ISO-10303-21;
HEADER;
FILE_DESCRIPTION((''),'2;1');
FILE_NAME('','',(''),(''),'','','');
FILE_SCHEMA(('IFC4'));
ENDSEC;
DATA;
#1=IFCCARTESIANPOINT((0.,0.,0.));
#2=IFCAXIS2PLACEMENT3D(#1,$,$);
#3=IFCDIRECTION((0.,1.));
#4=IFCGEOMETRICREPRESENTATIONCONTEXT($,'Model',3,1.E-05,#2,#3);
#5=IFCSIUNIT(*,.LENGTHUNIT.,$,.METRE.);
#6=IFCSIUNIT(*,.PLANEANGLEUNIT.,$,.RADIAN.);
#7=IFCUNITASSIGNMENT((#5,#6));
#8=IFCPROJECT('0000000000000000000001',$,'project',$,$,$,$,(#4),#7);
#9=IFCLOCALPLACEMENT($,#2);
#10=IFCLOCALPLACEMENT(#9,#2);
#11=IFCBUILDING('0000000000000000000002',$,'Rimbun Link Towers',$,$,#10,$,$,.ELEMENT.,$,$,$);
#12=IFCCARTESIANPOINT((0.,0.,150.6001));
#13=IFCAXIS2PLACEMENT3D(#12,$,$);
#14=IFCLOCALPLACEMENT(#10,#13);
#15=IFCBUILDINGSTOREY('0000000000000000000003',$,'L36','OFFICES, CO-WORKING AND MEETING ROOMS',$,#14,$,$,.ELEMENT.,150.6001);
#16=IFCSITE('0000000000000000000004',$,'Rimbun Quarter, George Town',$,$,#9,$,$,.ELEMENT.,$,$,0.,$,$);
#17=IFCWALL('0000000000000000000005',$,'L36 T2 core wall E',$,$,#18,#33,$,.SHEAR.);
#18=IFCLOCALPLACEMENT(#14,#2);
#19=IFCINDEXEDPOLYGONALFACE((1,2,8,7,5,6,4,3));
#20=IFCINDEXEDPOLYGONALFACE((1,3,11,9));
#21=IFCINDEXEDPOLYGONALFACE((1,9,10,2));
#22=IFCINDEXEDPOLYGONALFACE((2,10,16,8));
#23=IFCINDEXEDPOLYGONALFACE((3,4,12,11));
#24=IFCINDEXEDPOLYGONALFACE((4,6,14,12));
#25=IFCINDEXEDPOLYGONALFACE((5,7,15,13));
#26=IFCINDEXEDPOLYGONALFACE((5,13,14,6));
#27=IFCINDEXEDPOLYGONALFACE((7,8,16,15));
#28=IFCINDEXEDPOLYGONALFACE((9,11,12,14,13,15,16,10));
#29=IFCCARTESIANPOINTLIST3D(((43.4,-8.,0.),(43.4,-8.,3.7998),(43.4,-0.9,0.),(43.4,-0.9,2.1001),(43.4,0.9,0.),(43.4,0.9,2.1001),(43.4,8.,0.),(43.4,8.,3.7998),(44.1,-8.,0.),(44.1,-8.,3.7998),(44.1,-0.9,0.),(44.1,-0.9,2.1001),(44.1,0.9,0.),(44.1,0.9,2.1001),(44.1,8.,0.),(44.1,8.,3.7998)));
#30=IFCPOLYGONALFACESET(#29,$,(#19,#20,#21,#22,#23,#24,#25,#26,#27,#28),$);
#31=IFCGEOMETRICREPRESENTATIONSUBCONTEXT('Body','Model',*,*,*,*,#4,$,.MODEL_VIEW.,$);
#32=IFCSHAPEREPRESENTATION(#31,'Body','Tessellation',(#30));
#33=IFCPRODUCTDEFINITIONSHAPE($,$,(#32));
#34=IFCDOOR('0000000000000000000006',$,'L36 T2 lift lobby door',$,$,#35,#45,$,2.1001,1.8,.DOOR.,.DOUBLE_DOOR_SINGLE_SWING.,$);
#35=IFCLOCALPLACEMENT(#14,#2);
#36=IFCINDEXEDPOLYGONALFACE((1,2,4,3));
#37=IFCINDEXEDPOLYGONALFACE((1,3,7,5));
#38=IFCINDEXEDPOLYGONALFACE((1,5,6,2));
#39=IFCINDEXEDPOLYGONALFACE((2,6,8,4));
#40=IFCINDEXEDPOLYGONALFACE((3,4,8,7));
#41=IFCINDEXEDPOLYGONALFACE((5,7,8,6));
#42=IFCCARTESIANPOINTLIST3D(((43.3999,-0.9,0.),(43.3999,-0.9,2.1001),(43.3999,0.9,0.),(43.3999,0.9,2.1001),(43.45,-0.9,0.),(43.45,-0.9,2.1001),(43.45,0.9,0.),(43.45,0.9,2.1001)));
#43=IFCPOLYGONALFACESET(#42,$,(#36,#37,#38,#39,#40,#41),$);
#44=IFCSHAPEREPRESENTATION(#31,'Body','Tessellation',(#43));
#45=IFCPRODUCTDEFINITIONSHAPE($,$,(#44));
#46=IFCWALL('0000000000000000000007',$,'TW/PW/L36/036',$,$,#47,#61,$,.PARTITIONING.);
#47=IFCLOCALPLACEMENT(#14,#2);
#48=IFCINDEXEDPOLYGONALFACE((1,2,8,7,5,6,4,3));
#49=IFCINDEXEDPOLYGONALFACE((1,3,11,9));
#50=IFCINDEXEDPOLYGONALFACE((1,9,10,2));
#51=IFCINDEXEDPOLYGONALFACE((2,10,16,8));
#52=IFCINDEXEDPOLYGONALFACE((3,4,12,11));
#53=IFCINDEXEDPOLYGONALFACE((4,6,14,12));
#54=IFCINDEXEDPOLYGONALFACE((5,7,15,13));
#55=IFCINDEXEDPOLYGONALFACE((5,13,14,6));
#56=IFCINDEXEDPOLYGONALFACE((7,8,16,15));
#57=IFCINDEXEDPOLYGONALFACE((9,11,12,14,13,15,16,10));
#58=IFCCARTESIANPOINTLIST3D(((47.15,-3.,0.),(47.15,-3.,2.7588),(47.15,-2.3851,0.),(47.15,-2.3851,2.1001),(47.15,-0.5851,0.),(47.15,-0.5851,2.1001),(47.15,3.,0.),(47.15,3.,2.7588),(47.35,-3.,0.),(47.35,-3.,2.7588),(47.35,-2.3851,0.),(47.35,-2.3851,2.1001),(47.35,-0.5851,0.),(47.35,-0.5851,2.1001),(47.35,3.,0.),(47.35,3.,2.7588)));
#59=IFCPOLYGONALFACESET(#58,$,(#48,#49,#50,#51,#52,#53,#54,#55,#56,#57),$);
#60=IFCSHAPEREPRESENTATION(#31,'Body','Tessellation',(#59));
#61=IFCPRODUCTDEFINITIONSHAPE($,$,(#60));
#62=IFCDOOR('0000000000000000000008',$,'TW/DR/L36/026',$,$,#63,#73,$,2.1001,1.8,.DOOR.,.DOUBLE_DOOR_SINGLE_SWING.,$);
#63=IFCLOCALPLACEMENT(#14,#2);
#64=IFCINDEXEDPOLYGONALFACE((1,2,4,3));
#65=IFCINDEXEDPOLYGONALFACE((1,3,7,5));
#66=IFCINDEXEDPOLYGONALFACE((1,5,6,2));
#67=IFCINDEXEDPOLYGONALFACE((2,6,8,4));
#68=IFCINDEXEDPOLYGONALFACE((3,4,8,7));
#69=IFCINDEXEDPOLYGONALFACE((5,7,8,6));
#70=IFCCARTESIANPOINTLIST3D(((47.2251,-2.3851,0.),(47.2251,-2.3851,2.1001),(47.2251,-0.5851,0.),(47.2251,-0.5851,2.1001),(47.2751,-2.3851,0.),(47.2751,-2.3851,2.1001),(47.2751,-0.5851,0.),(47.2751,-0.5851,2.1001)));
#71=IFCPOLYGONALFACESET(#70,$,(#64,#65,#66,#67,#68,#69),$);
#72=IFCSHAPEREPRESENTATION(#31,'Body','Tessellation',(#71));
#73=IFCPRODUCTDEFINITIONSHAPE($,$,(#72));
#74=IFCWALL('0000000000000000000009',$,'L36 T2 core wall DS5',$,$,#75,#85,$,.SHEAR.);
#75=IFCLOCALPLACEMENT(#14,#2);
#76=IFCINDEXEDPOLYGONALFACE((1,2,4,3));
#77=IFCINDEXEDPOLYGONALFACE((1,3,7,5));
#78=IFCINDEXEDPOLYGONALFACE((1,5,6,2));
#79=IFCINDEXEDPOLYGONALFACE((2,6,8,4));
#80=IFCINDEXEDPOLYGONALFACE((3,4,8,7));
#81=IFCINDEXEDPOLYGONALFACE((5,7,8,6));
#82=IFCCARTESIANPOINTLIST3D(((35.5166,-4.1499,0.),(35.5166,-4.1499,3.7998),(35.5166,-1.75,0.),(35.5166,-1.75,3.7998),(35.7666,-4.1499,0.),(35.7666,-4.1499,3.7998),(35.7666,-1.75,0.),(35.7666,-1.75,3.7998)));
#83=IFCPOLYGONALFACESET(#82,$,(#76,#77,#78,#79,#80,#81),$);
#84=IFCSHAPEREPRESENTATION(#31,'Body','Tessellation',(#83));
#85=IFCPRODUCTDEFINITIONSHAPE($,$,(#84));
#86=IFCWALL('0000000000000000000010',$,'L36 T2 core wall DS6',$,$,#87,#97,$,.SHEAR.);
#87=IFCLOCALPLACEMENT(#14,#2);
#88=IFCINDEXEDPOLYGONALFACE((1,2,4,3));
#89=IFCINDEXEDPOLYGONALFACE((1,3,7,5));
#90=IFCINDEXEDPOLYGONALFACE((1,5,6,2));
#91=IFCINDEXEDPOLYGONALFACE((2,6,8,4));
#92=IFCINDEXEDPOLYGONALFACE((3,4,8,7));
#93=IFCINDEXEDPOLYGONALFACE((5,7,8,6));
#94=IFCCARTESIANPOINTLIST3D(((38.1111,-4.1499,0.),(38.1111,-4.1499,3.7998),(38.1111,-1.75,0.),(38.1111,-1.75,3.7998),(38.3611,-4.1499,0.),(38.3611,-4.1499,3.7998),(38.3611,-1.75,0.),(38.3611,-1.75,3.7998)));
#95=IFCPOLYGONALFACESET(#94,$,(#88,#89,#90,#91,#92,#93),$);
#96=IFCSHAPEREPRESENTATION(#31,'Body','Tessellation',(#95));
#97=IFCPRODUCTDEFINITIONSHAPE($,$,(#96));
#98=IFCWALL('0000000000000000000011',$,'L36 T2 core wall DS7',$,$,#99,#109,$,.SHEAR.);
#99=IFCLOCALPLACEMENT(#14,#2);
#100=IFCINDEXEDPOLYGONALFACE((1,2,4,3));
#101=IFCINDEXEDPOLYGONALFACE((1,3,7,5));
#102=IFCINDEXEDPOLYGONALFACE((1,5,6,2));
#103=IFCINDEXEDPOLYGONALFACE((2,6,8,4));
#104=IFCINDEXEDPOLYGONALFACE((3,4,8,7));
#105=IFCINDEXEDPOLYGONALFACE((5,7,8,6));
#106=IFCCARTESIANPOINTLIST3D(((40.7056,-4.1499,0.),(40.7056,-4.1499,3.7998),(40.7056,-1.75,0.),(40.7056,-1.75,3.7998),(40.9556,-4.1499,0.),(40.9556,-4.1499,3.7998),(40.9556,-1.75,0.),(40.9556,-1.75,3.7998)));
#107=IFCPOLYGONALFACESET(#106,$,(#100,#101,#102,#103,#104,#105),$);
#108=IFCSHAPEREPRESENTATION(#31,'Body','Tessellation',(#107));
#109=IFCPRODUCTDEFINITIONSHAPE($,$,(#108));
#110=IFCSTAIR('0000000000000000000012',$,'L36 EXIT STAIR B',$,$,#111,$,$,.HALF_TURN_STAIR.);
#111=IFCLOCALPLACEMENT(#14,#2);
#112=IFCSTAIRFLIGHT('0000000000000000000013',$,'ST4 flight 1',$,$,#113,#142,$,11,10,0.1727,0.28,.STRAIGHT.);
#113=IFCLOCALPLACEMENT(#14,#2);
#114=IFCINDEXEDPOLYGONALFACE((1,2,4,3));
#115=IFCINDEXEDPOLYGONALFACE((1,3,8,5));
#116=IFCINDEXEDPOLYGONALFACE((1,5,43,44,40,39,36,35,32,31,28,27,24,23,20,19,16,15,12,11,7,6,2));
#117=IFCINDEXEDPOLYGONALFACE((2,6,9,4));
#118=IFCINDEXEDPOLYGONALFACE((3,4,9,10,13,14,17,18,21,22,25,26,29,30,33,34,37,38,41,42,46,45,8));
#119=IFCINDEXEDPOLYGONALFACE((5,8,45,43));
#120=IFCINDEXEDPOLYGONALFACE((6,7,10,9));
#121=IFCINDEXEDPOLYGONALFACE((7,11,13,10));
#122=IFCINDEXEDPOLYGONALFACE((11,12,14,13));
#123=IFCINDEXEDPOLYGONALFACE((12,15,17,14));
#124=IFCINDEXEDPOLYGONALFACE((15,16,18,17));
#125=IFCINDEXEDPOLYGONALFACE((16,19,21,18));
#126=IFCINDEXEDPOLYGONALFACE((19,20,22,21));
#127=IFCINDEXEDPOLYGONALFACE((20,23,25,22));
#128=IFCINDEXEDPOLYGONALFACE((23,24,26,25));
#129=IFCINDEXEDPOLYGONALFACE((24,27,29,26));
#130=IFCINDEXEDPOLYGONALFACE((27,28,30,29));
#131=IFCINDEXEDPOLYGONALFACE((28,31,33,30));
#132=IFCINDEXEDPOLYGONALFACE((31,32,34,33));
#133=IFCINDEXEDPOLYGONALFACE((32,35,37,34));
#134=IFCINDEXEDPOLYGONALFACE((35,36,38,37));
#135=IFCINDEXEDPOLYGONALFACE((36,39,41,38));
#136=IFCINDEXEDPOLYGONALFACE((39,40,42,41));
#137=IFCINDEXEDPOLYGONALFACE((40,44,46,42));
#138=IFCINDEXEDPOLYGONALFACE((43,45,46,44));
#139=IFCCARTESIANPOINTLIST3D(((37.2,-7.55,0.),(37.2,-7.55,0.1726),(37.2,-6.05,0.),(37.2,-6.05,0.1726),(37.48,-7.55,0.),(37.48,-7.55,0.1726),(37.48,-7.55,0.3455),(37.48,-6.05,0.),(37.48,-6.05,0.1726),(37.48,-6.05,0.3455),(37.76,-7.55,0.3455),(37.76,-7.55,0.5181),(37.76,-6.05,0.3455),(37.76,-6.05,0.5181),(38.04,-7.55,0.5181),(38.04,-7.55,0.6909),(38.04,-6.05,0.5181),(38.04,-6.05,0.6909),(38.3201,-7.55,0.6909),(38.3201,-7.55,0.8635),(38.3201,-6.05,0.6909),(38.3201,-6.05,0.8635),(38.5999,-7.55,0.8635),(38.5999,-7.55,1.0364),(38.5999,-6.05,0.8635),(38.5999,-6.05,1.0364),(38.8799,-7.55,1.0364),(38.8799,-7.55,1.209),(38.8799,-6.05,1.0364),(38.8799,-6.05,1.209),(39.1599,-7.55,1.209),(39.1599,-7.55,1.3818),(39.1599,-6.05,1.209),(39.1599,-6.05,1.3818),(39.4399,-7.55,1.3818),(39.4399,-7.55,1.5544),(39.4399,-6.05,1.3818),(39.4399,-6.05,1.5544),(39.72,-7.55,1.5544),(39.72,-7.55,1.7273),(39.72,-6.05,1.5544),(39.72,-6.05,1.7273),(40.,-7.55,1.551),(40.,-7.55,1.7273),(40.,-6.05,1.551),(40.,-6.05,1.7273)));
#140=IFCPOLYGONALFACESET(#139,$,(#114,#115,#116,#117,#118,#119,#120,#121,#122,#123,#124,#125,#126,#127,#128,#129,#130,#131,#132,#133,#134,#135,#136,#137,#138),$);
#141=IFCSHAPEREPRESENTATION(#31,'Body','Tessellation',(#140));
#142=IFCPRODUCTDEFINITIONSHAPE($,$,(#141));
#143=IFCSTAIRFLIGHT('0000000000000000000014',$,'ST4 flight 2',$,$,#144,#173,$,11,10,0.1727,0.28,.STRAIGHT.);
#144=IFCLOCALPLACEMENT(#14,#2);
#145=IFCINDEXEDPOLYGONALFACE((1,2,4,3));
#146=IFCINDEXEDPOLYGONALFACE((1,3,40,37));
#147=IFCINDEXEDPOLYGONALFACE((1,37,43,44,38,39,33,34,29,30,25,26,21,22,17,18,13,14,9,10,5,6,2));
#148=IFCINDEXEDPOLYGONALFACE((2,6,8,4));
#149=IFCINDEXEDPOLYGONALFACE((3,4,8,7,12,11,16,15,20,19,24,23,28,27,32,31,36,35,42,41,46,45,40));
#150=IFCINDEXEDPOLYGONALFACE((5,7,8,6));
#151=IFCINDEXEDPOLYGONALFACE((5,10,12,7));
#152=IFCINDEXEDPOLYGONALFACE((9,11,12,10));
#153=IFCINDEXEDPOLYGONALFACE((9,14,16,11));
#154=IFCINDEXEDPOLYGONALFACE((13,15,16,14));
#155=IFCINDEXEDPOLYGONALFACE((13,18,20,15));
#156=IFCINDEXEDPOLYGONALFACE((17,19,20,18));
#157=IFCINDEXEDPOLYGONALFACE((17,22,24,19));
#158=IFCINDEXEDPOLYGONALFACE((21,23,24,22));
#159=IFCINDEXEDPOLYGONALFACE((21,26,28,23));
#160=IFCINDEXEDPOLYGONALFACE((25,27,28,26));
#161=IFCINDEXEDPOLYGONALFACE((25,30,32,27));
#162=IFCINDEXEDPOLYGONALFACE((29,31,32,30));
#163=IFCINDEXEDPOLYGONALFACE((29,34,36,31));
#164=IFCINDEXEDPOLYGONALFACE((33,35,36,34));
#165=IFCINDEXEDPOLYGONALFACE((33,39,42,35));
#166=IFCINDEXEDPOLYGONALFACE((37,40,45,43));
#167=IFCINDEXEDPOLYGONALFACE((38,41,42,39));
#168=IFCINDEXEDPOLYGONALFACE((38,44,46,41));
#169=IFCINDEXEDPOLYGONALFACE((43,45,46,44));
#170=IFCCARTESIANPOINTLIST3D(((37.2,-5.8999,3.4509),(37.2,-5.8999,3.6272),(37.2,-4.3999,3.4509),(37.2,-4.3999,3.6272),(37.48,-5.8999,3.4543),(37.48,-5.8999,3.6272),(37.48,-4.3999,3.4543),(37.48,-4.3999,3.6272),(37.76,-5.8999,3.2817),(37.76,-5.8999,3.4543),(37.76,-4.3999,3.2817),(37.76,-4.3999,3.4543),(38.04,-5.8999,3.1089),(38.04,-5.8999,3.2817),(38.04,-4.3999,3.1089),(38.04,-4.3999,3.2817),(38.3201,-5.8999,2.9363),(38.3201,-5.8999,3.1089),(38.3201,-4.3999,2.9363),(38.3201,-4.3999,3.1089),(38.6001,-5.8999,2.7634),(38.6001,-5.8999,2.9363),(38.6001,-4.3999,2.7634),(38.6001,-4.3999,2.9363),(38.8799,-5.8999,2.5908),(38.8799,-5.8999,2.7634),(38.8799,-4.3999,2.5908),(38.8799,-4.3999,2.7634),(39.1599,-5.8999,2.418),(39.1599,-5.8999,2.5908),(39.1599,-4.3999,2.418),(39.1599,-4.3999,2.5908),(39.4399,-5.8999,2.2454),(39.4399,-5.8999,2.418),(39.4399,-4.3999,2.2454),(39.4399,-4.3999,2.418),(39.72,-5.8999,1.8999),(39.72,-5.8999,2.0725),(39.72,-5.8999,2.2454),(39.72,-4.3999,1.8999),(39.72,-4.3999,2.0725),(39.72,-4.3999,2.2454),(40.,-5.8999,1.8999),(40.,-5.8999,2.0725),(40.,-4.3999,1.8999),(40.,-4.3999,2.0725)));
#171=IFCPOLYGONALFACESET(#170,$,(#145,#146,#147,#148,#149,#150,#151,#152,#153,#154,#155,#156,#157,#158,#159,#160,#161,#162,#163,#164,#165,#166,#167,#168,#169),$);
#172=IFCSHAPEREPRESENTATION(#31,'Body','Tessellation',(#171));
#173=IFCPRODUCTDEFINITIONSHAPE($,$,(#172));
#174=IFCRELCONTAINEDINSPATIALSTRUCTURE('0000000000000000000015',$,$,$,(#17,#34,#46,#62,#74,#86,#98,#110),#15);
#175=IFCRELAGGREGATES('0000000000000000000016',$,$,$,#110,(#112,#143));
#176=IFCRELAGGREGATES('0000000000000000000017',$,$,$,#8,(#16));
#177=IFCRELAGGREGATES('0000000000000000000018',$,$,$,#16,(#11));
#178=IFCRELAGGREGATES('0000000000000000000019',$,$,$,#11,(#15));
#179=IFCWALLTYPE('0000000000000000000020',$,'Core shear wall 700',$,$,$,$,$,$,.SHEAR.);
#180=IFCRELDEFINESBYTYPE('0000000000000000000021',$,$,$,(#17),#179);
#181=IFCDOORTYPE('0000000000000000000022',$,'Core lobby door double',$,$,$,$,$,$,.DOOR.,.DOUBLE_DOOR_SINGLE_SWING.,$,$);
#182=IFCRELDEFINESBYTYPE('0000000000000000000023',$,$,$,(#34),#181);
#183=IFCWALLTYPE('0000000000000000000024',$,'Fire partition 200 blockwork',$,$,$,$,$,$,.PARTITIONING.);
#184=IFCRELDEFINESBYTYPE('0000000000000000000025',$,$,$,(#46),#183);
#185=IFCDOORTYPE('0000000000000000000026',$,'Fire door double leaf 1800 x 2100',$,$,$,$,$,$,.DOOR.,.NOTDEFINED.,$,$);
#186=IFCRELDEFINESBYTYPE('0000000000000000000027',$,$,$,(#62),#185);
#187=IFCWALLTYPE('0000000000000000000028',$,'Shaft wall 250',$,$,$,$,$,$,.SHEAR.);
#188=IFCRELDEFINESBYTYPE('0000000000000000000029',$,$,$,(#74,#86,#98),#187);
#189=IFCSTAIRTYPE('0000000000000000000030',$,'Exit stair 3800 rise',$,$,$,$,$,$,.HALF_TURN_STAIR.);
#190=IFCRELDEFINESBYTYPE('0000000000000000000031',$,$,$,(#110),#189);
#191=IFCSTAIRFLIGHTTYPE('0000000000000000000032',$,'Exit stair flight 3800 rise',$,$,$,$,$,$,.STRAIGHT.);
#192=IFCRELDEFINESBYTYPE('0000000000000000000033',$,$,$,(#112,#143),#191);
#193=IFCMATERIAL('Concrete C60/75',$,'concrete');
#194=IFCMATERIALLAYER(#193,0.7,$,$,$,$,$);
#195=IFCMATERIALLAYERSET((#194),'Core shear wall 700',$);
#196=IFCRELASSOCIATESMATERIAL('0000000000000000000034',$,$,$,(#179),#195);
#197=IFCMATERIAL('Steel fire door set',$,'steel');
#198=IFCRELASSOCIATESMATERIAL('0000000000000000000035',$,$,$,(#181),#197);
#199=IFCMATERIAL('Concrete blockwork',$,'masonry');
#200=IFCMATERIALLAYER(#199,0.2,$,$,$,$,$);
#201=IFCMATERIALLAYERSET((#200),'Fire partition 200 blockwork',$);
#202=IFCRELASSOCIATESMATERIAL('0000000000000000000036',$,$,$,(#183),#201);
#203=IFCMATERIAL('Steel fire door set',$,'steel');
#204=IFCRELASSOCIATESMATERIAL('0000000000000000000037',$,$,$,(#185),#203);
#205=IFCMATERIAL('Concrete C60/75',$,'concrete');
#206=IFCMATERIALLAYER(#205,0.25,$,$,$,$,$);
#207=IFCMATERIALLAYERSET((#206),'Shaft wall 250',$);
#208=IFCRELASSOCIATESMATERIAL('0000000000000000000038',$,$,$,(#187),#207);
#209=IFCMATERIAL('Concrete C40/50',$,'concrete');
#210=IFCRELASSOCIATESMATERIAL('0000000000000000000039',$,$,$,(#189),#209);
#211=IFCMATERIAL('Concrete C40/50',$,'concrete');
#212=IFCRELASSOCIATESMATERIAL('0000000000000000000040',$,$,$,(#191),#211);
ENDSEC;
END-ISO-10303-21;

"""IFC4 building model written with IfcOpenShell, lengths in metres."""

from ifc_helpers import new_model, si_unit, direction, frame, frame_2d, origin, place, context, subcontext, project, spatial, polyline, rectangle, outline, extrude, material, layer, layer_set, type_object, element, fill, aggregate, save


model = new_model("IFC4")

# Units and contexts
model_context = context("Model", 3, precision=1e-05, world=origin(), true_north=direction((0.0, 1.0)))
body_context = subcontext(model_context, "Body", "Model", "MODEL_VIEW")
ifc_project = project(units=[si_unit("LENGTHUNIT", "METRE"), si_unit("PLANEANGLEUNIT", "RADIAN")], contexts=[model_context])

# Site, building, storey
site_placement = place(None, origin())
site = spatial("IfcSite", under=ifc_project, at=site_placement, Name="Rimbun Quarter, George Town", CompositionType="ELEMENT", RefElevation=0.0)
building_placement = place(site_placement, origin())
building = spatial("IfcBuilding", under=site, at=building_placement, Name="Rimbun Link Towers", CompositionType="ELEMENT")
storey_placement = place(building_placement, frame((0.0, 0.0, 150.6001)))
storey = spatial("IfcBuildingStorey", under=building, at=storey_placement, Name="L36", Description="OFFICES, CO-WORKING AND MEETING ROOMS", CompositionType="ELEMENT", Elevation=150.6001)

# Walls, openings, doors
ifc_material_1 = material(Name="Concrete C60/75", Category="concrete")
ifc_layer_1 = layer(ifc_material_1, 0.7)
ifc_layer_set_1 = layer_set([ifc_layer_1], Name="Core shear wall 700")
wall_type_1 = type_object("IfcWallType", Name="Core shear wall 700", PredefinedType="SHEAR", material=ifc_layer_set_1)
wall_1_placement = place(storey_placement, frame((43.75, -8.0, 0.0), z_axis=(0.0, 0.0, 1.0), x_axis=(0.0, 1.0, 0.0)))
wall_1 = element("IfcWall", 1, at=wall_1_placement, inside=storey, type_object=wall_type_1, Name="L36 T2 core wall E", PredefinedType="SHEAR", context=body_context, shape_type="SweptSolid", body=[
    extrude(rectangle(XDim=16.0, YDim=0.7, at=frame_2d((8.0, 0.0))), origin(), (0.0, 0.0, 1.0), 3.7998),
])
opening_1_placement = place(wall_1_placement, frame((7.1001, 0.0, 0.0)))
opening_1 = element("IfcOpeningElement", 2, at=opening_1_placement, cuts=wall_1, PredefinedType="OPENING", context=body_context, shape_type="SweptSolid", body=[
    extrude(rectangle(XDim=1.8, YDim=2.1001, at=frame_2d((0.8999, 1.05))), frame((0.0, 0.3599, 0.0), z_axis=(0.0, -1.0, 0.0), x_axis=(1.0, 0.0, 0.0)), (0.0, 0.0, 1.0), 0.72),
])
ifc_material_2 = material(Name="Steel fire door set", Category="steel")
door_type_1 = type_object("IfcDoorType", Name="Core lobby door double", OperationType="DOUBLE_DOOR_SINGLE_SWING", PredefinedType="DOOR", material=ifc_material_2)
door_1_placement = place(opening_1_placement, origin())
door_1 = element("IfcDoor", 3, at=door_1_placement, inside=storey, type_object=door_type_1, Name="L36 T2 lift lobby door", OperationType="DOUBLE_DOOR_SINGLE_SWING", OverallHeight=2.1001, OverallWidth=1.8, PredefinedType="DOOR", context=body_context, shape_type="SweptSolid", body=[
    extrude(rectangle(XDim=1.8, YDim=2.1001, at=frame_2d((0.8999, 1.05))), frame((0.0, 0.3501, 0.0), z_axis=(0.0, -1.0, 0.0), x_axis=(1.0, 0.0, 0.0)), (0.0, 0.0, 1.0), 0.05),
])
fill(opening_1, door_1)
ifc_material_3 = material(Name="Concrete blockwork", Category="masonry")
ifc_layer_2 = layer(ifc_material_3, 0.2)
ifc_layer_set_2 = layer_set([ifc_layer_2], Name="Fire partition 200 blockwork")
wall_type_2 = type_object("IfcWallType", Name="Fire partition 200 blockwork", PredefinedType="PARTITIONING", material=ifc_layer_set_2)
wall_2_placement = place(storey_placement, frame((47.25, -3.0, 0.0), z_axis=(0.0, 0.0, 1.0), x_axis=(0.0, 1.0, 0.0)))
wall_2 = element("IfcWall", 4, at=wall_2_placement, inside=storey, type_object=wall_type_2, Name="TW/PW/L36/036", PredefinedType="PARTITIONING", context=body_context, shape_type="SweptSolid", body=[
    extrude(rectangle(XDim=6.0, YDim=0.2, at=frame_2d((3.0, 0.0))), origin(), (0.0, 0.0, 1.0), 2.7588),
])
opening_2_placement = place(wall_2_placement, frame((0.615, 0.0, 0.0)))
opening_2 = element("IfcOpeningElement", 5, at=opening_2_placement, cuts=wall_2, PredefinedType="OPENING", context=body_context, shape_type="SweptSolid", body=[
    extrude(rectangle(XDim=1.8, YDim=2.1001, at=frame_2d((0.8999, 1.05))), frame((0.0, 0.1099, 0.0), z_axis=(0.0, -1.0, 0.0), x_axis=(1.0, 0.0, 0.0)), (0.0, 0.0, 1.0), 0.22),
])
ifc_material_4 = material(Name="Steel fire door set", Category="steel")
door_type_2 = type_object("IfcDoorType", Name="Fire door double leaf 1800 x 2100", OperationType="NOTDEFINED", PredefinedType="DOOR", material=ifc_material_4)
door_2_placement = place(opening_2_placement, origin())
door_2 = element("IfcDoor", 6, at=door_2_placement, inside=storey, type_object=door_type_2, Name="TW/DR/L36/026", OperationType="DOUBLE_DOOR_SINGLE_SWING", OverallHeight=2.1001, OverallWidth=1.8, PredefinedType="DOOR", context=body_context, shape_type="SweptSolid", body=[
    extrude(rectangle(XDim=1.8, YDim=2.1001, at=frame_2d((0.8999, 1.05))), frame((0.0, 0.0249, 0.0), z_axis=(0.0, -1.0, 0.0), x_axis=(1.0, 0.0, 0.0)), (0.0, 0.0, 1.0), 0.05),
])
fill(opening_2, door_2)

# Walls
ifc_material_5 = material(Name="Concrete C60/75", Category="concrete")
ifc_layer_3 = layer(ifc_material_5, 0.25)
ifc_layer_set_3 = layer_set([ifc_layer_3], Name="Shaft wall 250")
wall_type_3 = type_object("IfcWallType", Name="Shaft wall 250", PredefinedType="SHEAR", material=ifc_layer_set_3)
for number, where, z_axis, x_axis, name in (
    (7, (35.6416, -4.1499, 0.0), (0.0, 0.0, 1.0), (0.0, 1.0, 0.0), "L36 T2 core wall DS5"),
    (8, (38.2361, -4.1499, 0.0), (0.0, 0.0, 1.0), (0.0, 1.0, 0.0), "L36 T2 core wall DS6"),
    (9, (40.8306, -4.1499, 0.0), (0.0, 0.0, 1.0), (0.0, 1.0, 0.0), "L36 T2 core wall DS7"),
):
    element("IfcWall", number, at=place(storey_placement, frame(where, z_axis=z_axis, x_axis=x_axis)), inside=storey, type_object=wall_type_3, Name=name, PredefinedType="SHEAR", context=body_context, shape_type="SweptSolid", body=[
        extrude(rectangle(XDim=2.3999, YDim=0.25, at=frame_2d((1.2, 0.0))), origin(), (0.0, 0.0, 1.0), 3.7998),
    ])

# Stair, stair flights
ifc_material_6 = material(Name="Concrete C40/50", Category="concrete")
stair_type = type_object("IfcStairType", Name="Exit stair 3800 rise", PredefinedType="HALF_TURN_STAIR", material=ifc_material_6)
stair_placement = place(storey_placement, origin())
stair = element("IfcStair", 10, at=stair_placement, inside=storey, type_object=stair_type, Name="L36 EXIT STAIR B", PredefinedType="HALF_TURN_STAIR")
ifc_material_7 = material(Name="Concrete C40/50", Category="concrete")
stair_flight_type = type_object("IfcStairFlightType", Name="Exit stair flight 3800 rise", PredefinedType="STRAIGHT", material=ifc_material_7)
stair_flight_1_placement = place(storey_placement, frame((37.2, -6.8, 0.0), z_axis=(0.0, 0.0, 1.0), x_axis=(1.0, 0.0, 0.0)))
stair_flight_1 = element("IfcStairFlight", 11, at=stair_flight_1_placement, type_object=stair_flight_type, Name="ST4 flight 1", NumberOfRisers=11, NumberOfTreads=10, PredefinedType="STRAIGHT", RiserHeight=0.1727, TreadLength=0.28, context=body_context, shape_type="SweptSolid", body=[
    extrude(outline(polyline([(0.0, 0.0), (0.0, 0.1726), (0.28, 0.1726), (0.28, 0.3455), (0.5601, 0.3455), (0.5601, 0.5181), (0.8401, 0.5181), (0.8401, 0.6909), (1.1201, 0.6909), (1.1201, 0.8635), (1.3999, 0.8635), (1.3999, 1.0364), (1.6799, 1.0364), (1.6799, 1.209), (1.96, 1.209), (1.96, 1.3818), (2.24, 1.3818), (2.24, 1.5544), (2.52, 1.5544), (2.52, 1.7273), (2.8, 1.7273), (2.8, 1.8999), (2.8, 1.551), (0.28, 0.0), (0.0, 0.0)])), frame((0.0, 0.75, 0.0), z_axis=(0.0, -1.0, 0.0), x_axis=(1.0, 0.0, 0.0)), (0.0, 0.0, 1.0), 1.5),
])
stair_flight_2_placement = place(storey_placement, frame((40.0, -5.1499, 1.8999), z_axis=(0.0, 0.0, 1.0), x_axis=(-1.0, 0.0, 0.0)))
stair_flight_2 = element("IfcStairFlight", 12, at=stair_flight_2_placement, type_object=stair_flight_type, Name="ST4 flight 2", NumberOfRisers=11, NumberOfTreads=10, PredefinedType="STRAIGHT", RiserHeight=0.1727, TreadLength=0.28, context=body_context, shape_type="SweptSolid", body=[
    extrude(outline(polyline([(0.0, 0.0), (0.0, 0.1726), (0.28, 0.1726), (0.28, 0.3455), (0.5601, 0.3455), (0.5601, 0.5181), (0.8401, 0.5181), (0.8401, 0.6909), (1.1201, 0.6909), (1.1201, 0.8635), (1.3999, 0.8635), (1.3999, 1.0364), (1.6799, 1.0364), (1.6799, 1.209), (1.96, 1.209), (1.96, 1.3818), (2.24, 1.3818), (2.24, 1.5544), (2.52, 1.5544), (2.52, 1.7273), (2.8, 1.7273), (2.8, 1.8999), (2.8, 1.551), (0.28, 0.0), (0.0, 0.0)])), frame((0.0, 0.75, 0.0), z_axis=(0.0, -1.0, 0.0), x_axis=(1.0, 0.0, 0.0)), (0.0, 0.0, 1.0), 1.5),
])
aggregate(stair, [stair_flight_1, stair_flight_2])

save(model, "model.ifc")
